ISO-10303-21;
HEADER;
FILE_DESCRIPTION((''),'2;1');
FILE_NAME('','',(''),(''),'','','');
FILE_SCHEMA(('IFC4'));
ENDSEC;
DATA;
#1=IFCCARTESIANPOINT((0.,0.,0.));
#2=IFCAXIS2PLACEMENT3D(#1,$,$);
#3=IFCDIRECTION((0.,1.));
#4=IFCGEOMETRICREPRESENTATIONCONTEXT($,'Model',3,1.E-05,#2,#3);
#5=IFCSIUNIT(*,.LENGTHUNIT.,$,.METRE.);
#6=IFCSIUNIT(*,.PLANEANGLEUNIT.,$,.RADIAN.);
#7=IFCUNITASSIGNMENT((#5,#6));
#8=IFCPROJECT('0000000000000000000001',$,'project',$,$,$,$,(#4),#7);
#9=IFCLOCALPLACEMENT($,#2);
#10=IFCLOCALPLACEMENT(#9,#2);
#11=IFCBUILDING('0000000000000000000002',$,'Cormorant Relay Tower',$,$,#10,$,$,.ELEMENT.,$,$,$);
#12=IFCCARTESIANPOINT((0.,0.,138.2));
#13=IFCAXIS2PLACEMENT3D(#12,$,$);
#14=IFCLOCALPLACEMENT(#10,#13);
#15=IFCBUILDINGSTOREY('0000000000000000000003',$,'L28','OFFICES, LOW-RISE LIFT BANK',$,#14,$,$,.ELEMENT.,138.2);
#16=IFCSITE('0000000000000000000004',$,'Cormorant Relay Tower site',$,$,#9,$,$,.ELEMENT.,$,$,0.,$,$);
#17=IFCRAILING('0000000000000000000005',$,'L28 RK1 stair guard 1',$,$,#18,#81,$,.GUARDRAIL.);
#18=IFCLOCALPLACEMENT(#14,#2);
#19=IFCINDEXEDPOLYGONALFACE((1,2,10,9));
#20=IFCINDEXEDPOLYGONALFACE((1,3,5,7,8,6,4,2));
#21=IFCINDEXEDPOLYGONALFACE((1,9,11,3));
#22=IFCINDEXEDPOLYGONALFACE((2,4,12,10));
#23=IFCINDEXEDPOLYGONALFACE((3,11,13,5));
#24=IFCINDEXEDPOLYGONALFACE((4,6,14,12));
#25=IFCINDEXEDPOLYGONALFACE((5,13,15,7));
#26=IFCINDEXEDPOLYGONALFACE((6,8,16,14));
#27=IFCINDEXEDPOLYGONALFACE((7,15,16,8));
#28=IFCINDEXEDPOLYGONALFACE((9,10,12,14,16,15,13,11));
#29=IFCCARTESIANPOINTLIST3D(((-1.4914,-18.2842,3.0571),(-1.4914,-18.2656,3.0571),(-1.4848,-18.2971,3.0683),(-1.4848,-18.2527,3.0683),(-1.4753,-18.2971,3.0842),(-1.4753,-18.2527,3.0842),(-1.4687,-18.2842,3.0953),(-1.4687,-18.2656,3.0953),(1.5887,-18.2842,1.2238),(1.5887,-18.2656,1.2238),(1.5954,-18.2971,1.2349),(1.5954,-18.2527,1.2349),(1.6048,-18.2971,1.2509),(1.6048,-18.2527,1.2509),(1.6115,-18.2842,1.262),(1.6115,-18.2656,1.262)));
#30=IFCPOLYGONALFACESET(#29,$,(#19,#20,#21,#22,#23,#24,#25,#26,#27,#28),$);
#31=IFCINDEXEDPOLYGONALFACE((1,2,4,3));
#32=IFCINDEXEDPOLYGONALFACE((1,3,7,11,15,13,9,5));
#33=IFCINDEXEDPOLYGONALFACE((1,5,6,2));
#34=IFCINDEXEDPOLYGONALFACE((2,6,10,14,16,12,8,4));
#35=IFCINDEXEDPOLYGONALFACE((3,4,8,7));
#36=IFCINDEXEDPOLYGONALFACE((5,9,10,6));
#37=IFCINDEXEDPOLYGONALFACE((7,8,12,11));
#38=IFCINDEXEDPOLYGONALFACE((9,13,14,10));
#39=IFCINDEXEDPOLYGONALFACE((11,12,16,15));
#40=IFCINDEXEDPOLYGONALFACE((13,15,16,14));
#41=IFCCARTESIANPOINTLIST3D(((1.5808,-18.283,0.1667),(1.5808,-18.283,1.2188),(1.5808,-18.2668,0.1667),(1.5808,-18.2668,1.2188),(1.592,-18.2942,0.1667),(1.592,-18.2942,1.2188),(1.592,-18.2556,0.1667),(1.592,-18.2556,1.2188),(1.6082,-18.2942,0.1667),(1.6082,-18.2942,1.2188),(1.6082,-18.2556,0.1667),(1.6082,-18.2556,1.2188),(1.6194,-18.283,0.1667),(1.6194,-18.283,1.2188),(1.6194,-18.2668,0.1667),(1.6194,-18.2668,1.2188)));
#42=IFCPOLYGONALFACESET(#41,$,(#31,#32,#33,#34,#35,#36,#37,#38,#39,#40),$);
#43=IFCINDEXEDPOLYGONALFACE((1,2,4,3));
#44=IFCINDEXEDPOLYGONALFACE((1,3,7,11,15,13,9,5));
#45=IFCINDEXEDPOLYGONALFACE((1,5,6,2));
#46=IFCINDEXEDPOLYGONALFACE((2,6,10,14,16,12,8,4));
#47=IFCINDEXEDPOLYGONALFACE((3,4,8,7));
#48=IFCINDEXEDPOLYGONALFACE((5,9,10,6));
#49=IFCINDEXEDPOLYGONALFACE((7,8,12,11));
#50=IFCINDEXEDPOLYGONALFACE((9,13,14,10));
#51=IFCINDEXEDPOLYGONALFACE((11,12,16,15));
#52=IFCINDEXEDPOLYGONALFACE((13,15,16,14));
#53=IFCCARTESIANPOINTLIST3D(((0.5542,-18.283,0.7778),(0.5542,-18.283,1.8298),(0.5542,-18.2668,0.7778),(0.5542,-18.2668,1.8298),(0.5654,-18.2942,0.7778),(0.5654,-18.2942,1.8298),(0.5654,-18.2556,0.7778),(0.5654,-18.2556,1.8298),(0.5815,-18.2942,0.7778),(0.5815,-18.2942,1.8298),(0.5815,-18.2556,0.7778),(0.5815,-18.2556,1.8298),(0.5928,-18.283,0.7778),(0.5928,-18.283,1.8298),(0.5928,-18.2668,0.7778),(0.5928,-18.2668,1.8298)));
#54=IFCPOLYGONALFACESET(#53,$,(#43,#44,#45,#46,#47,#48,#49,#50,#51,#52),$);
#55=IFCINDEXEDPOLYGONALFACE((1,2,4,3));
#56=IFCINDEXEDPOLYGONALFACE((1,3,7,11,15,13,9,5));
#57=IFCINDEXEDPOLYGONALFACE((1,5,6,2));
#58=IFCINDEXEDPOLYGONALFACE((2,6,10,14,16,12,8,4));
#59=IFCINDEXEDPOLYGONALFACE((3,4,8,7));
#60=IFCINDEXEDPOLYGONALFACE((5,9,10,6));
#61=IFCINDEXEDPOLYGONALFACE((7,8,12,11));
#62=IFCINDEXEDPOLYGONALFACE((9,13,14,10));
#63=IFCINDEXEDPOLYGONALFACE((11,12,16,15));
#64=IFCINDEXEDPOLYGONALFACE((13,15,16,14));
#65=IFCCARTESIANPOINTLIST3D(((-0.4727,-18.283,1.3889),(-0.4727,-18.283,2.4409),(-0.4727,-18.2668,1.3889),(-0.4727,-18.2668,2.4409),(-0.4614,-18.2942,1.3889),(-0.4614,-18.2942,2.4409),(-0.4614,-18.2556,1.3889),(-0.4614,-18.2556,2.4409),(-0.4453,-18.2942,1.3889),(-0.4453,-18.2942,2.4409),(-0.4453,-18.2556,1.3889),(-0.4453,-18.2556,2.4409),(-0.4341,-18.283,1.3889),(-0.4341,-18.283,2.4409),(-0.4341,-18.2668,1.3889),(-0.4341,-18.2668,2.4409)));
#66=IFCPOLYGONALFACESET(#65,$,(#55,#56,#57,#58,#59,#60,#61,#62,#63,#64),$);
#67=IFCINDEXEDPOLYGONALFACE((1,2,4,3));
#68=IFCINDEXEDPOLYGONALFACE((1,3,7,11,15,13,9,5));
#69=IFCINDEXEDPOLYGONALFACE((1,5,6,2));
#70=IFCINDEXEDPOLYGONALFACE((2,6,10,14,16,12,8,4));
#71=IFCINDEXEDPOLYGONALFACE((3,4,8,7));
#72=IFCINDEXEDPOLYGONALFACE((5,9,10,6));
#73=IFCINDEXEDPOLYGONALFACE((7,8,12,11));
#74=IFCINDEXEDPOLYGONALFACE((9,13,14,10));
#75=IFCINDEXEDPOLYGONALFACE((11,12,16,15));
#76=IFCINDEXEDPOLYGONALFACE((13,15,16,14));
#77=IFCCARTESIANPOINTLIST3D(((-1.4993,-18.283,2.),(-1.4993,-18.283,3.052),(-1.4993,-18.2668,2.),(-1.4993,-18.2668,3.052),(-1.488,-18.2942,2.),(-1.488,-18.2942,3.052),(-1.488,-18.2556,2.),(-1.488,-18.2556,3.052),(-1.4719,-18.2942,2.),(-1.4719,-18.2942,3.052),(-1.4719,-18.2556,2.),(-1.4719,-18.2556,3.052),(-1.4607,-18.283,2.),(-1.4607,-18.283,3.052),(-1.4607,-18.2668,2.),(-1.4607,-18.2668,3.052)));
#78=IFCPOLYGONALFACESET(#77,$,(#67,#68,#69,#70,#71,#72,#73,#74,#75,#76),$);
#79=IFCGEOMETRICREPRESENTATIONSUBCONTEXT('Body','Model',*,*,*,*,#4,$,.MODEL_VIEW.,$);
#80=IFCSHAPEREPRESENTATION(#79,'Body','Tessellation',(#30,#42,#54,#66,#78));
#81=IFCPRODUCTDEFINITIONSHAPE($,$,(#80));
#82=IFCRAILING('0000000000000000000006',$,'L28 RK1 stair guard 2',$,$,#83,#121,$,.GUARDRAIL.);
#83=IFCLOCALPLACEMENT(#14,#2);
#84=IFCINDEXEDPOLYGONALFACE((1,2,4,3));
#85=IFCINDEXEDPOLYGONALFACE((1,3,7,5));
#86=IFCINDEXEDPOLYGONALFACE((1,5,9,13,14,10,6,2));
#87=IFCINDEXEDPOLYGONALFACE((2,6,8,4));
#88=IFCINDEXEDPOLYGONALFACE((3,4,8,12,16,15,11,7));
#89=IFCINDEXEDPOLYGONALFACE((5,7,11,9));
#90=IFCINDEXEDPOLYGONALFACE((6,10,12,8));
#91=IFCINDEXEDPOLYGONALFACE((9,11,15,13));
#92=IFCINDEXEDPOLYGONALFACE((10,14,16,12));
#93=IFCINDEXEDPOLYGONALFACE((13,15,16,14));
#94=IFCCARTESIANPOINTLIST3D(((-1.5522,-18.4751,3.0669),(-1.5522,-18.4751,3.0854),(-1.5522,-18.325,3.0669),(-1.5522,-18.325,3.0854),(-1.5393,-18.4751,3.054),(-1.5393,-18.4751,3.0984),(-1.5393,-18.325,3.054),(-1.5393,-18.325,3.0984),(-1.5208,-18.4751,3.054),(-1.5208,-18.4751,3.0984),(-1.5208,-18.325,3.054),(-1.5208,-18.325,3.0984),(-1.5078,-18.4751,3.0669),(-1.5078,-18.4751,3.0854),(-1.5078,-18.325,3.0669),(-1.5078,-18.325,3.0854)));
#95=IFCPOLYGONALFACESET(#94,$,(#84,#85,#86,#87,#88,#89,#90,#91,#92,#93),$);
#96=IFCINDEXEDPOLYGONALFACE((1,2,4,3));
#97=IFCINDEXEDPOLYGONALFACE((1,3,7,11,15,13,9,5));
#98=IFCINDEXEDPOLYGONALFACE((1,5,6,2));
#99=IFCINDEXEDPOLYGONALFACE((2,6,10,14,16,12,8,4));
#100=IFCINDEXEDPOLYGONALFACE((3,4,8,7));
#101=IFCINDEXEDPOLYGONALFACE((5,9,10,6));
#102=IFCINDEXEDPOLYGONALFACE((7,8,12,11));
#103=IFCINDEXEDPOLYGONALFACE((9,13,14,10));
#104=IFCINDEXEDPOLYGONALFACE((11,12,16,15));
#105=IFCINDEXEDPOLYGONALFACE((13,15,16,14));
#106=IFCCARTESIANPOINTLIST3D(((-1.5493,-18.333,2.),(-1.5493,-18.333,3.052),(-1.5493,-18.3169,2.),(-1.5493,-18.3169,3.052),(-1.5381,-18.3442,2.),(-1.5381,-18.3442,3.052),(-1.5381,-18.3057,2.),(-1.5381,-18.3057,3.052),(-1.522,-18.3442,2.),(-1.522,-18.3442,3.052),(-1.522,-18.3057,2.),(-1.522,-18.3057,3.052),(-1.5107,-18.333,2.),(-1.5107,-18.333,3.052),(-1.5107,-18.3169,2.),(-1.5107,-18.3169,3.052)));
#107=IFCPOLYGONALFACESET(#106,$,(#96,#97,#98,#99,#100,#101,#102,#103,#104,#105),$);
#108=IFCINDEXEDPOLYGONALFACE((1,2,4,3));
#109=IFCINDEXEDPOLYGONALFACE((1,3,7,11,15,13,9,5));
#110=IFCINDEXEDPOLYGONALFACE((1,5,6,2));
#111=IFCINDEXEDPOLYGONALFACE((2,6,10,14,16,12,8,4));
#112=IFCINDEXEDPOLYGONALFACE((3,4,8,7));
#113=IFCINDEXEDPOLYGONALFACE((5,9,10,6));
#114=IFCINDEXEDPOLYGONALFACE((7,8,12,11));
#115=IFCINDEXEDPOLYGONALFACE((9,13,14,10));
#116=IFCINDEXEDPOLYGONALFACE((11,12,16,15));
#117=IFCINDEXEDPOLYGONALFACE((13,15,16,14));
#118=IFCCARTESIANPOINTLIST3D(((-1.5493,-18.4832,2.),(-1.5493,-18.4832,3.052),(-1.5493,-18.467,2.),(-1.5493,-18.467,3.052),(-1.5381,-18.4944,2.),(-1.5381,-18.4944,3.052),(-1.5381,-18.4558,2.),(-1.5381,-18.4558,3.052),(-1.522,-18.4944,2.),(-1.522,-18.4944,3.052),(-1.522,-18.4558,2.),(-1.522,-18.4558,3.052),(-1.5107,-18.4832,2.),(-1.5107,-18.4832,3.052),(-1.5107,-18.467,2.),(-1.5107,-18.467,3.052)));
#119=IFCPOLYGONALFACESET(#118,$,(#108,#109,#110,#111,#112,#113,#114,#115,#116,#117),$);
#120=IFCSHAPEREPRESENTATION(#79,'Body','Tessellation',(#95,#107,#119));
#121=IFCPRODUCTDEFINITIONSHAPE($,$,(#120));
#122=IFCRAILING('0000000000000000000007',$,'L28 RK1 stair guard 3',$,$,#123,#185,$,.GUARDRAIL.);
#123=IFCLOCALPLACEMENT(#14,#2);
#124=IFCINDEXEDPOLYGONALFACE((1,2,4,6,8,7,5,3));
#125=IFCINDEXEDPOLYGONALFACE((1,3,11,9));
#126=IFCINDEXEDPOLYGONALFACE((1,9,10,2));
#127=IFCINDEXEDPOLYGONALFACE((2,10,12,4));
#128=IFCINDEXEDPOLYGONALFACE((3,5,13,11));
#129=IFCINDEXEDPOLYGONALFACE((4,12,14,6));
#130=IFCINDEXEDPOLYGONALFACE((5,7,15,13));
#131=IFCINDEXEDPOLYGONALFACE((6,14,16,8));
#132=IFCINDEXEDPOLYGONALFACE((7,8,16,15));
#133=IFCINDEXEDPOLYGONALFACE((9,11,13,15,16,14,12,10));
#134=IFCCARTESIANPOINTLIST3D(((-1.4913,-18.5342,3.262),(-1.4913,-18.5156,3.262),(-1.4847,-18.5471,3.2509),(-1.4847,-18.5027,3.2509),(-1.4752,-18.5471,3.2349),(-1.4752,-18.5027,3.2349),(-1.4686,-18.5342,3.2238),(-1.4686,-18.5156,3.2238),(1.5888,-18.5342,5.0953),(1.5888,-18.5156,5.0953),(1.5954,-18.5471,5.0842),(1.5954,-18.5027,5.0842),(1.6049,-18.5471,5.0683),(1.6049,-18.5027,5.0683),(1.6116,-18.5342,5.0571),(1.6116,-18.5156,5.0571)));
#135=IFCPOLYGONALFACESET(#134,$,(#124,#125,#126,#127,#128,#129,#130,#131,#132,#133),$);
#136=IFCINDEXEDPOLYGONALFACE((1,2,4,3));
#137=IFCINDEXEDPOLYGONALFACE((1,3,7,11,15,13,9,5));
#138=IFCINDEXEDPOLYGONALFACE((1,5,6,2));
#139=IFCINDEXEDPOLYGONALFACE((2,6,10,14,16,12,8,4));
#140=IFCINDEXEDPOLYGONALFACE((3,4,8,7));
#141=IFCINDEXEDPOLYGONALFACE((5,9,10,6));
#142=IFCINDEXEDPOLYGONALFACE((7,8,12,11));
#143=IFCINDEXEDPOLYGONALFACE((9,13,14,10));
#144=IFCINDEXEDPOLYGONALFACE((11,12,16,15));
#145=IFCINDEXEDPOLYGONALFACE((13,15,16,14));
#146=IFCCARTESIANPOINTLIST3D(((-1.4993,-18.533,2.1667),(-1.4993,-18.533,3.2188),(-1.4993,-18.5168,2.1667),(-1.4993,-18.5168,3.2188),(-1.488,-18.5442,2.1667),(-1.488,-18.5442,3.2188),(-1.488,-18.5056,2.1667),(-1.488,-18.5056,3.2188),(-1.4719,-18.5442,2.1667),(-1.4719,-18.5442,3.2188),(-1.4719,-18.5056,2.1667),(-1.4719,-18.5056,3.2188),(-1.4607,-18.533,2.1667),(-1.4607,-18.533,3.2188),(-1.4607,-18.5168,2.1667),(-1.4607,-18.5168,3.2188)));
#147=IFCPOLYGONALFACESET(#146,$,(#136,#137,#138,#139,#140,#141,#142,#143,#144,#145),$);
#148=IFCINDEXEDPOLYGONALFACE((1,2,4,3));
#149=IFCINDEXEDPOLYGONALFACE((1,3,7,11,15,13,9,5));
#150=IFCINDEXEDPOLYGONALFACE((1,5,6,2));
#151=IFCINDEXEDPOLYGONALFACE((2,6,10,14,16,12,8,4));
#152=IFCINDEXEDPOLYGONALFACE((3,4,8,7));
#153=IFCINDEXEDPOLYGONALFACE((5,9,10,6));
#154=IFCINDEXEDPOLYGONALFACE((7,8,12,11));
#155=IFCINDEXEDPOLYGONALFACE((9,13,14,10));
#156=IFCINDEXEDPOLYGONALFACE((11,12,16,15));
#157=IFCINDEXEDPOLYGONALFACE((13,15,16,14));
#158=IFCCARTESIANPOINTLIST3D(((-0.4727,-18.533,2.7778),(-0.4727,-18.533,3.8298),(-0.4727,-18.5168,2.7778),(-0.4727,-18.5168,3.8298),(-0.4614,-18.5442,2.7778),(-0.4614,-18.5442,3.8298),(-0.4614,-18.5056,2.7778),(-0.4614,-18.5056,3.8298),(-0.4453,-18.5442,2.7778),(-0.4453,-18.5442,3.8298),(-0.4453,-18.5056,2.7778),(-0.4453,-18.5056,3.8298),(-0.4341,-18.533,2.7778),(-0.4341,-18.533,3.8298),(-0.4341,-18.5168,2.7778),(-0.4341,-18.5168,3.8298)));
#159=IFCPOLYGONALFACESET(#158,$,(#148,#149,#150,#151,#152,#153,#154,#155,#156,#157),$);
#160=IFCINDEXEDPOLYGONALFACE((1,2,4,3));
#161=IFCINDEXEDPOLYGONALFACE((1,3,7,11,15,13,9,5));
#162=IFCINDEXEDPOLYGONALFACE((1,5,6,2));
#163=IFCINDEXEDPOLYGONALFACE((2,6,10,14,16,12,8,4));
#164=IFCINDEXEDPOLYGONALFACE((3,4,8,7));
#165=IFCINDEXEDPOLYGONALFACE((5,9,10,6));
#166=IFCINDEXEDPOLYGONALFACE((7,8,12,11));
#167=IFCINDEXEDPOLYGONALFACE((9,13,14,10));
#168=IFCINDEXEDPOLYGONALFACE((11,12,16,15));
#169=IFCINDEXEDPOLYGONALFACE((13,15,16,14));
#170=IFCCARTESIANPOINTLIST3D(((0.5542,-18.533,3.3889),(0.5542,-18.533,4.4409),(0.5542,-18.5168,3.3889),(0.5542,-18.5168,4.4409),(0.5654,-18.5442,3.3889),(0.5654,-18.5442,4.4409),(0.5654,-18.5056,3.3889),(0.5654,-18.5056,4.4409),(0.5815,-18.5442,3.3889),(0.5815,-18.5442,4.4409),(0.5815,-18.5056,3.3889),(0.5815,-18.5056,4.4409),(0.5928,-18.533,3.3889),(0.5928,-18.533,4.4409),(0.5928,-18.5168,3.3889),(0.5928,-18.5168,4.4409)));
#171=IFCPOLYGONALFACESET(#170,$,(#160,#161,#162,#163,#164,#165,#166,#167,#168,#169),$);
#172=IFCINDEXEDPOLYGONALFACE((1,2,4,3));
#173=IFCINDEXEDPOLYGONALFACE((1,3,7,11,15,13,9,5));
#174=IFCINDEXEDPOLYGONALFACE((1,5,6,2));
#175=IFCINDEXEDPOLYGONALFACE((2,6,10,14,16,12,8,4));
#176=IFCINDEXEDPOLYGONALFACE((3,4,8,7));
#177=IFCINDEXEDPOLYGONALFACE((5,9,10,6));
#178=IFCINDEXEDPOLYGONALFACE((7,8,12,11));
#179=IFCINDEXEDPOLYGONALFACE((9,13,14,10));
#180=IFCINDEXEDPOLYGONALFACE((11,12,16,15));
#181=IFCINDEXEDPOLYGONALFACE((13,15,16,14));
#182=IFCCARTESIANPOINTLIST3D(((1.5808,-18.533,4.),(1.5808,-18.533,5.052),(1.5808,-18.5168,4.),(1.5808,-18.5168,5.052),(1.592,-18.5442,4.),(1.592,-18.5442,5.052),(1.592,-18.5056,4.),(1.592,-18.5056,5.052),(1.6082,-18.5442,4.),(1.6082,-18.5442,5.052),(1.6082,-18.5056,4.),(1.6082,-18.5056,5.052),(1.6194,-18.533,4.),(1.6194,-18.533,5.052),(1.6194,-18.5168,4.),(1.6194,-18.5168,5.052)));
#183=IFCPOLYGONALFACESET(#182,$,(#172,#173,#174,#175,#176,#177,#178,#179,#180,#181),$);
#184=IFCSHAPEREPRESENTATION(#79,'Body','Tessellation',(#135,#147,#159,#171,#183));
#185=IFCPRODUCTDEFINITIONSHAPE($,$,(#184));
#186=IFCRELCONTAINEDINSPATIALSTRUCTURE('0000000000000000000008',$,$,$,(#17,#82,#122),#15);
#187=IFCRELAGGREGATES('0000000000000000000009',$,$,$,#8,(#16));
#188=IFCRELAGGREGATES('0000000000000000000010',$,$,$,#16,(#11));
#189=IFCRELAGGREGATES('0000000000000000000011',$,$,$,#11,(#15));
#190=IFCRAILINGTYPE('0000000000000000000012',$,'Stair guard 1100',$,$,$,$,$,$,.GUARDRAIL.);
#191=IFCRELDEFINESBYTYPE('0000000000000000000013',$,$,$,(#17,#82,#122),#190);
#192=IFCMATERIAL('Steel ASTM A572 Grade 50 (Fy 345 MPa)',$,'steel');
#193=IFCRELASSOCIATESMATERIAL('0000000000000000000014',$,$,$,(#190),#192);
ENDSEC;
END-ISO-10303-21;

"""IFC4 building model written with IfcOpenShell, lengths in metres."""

from ifc_helpers import new_model, si_unit, direction, frame, origin, place, context, subcontext, project, spatial, polyline, outline, extrude, material, type_object, element, save


model = new_model("IFC4")

# Units and contexts
model_context = context("Model", 3, precision=1e-05, world=origin(), true_north=direction((0.0, 1.0)))
body_context = subcontext(model_context, "Body", "Model", "MODEL_VIEW")
ifc_project = project(units=[si_unit("LENGTHUNIT", "METRE"), si_unit("PLANEANGLEUNIT", "RADIAN")], contexts=[model_context])

# Site, building, storey
site_placement = place(None, origin())
site = spatial("IfcSite", under=ifc_project, at=site_placement, Name="Cormorant Relay Tower site", CompositionType="ELEMENT", RefElevation=0.0)
building_placement = place(site_placement, origin())
building = spatial("IfcBuilding", under=site, at=building_placement, Name="Cormorant Relay Tower", CompositionType="ELEMENT")
storey_placement = place(building_placement, frame((0.0, 0.0, 138.2)))
storey = spatial("IfcBuildingStorey", under=building, at=storey_placement, Name="L28", Description="OFFICES, LOW-RISE LIFT BANK", CompositionType="ELEMENT", Elevation=138.2)

# Railings
ifc_material_1 = material(Name="Steel ASTM A572 Grade 50 (Fy 345 MPa)", Category="steel")
railing_type_1 = type_object("IfcRailingType", Name="Stair guard 1100", PredefinedType="GUARDRAIL", material=ifc_material_1)
railing_1_placement = place(storey_placement, frame((1.6001, -18.2749, 0.1667)))
element("IfcRailing", 1, at=railing_1_placement, inside=storey, type_object=railing_type_1, Name="L28 RK1 stair guard 1", PredefinedType="GUARDRAIL", context=body_context, shape_type="SweptSolid", body=[
    extrude(outline(polyline([(0.0222, 0.0093), (0.0093, 0.0222), (-0.0093, 0.0222), (-0.0222, 0.0093), (-0.0222, -0.0093), (-0.0093, -0.0222), (0.0093, -0.0222), (0.0222, -0.0093), (0.0222, 0.0093)])), frame((0.0, 0.0, 1.0762), z_axis=(-0.859309, 0.0, 0.511458), x_axis=(0.0, -1.0, 0.0)), (0.0, 0.0, 1.0), 3.5845),
    extrude(outline(polyline([(0.0193, 0.0081), (0.0081, 0.0193), (-0.0081, 0.0193), (-0.0193, 0.0081), (-0.0193, -0.0081), (-0.0081, -0.0193), (0.0081, -0.0193), (0.0193, -0.0081), (0.0193, 0.0081)])), origin(), (0.0, 0.0, 1.0), 1.052),
    extrude(outline(polyline([(0.0193, 0.0081), (0.0081, 0.0193), (-0.0081, 0.0193), (-0.0193, 0.0081), (-0.0193, -0.0081), (-0.0081, -0.0193), (0.0081, -0.0193), (0.0193, -0.0081), (0.0193, 0.0081)])), frame((-1.0266, 0.0, 0.6111)), (0.0, 0.0, 1.0), 1.052),
    extrude(outline(polyline([(0.0193, 0.0081), (0.0081, 0.0193), (-0.0081, 0.0193), (-0.0193, 0.0081), (-0.0193, -0.0081), (-0.0081, -0.0193), (0.0081, -0.0193), (0.0193, -0.0081), (0.0193, 0.0081)])), frame((-2.0535, 0.0, 1.2222)), (0.0, 0.0, 1.0), 1.052),
    extrude(outline(polyline([(0.0193, 0.0081), (0.0081, 0.0193), (-0.0081, 0.0193), (-0.0193, 0.0081), (-0.0193, -0.0081), (-0.0081, -0.0193), (0.0081, -0.0193), (0.0193, -0.0081), (0.0193, 0.0081)])), frame((-3.0801, 0.0, 1.8333)), (0.0, 0.0, 1.0), 1.052),
])
railing_2_placement = place(storey_placement, frame((-1.53, -18.325, 2.0)))
element("IfcRailing", 2, at=railing_2_placement, inside=storey, type_object=railing_type_1, Name="L28 RK1 stair guard 2", PredefinedType="GUARDRAIL", context=body_context, shape_type="SweptSolid", body=[
    extrude(outline(polyline([(0.0222, 0.0093), (0.0093, 0.0222), (-0.0093, 0.0222), (-0.0222, 0.0093), (-0.0222, -0.0093), (-0.0093, -0.0222), (0.0093, -0.0222), (0.0222, -0.0093), (0.0222, 0.0093)])), frame((0.0, 0.0, 1.0762), z_axis=(0.0, -1.0, 0.0), x_axis=(1.0, 0.0, 0.0)), (0.0, 0.0, 1.0), 0.1501),
    extrude(outline(polyline([(0.0193, 0.0081), (0.0081, 0.0193), (-0.0081, 0.0193), (-0.0193, 0.0081), (-0.0193, -0.0081), (-0.0081, -0.0193), (0.0081, -0.0193), (0.0193, -0.0081), (0.0193, 0.0081)])), origin(), (0.0, 0.0, 1.0), 1.052),
    extrude(outline(polyline([(0.0193, 0.0081), (0.0081, 0.0193), (-0.0081, 0.0193), (-0.0193, 0.0081), (-0.0193, -0.0081), (-0.0081, -0.0193), (0.0081, -0.0193), (0.0193, -0.0081), (0.0193, 0.0081)])), frame((0.0, -0.1501, 0.0)), (0.0, 0.0, 1.0), 1.052),
])
railing_3_placement = place(storey_placement, frame((-1.48, -18.5249, 2.1667)))
element("IfcRailing", 3, at=railing_3_placement, inside=storey, type_object=railing_type_1, Name="L28 RK1 stair guard 3", PredefinedType="GUARDRAIL", context=body_context, shape_type="SweptSolid", body=[
    extrude(outline(polyline([(0.0222, 0.0093), (0.0093, 0.0222), (-0.0093, 0.0222), (-0.0222, 0.0093), (-0.0222, -0.0093), (-0.0093, -0.0222), (0.0093, -0.0222), (0.0222, -0.0093), (0.0222, 0.0093)])), frame((0.0, 0.0, 1.0762), z_axis=(0.859309, 0.0, 0.511458), x_axis=(0.0, 1.0, 0.0)), (0.0, 0.0, 1.0), 3.5845),
    extrude(outline(polyline([(0.0193, 0.0081), (0.0081, 0.0193), (-0.0081, 0.0193), (-0.0193, 0.0081), (-0.0193, -0.0081), (-0.0081, -0.0193), (0.0081, -0.0193), (0.0193, -0.0081), (0.0193, 0.0081)])), origin(), (0.0, 0.0, 1.0), 1.052),
    extrude(outline(polyline([(0.0193, 0.0081), (0.0081, 0.0193), (-0.0081, 0.0193), (-0.0193, 0.0081), (-0.0193, -0.0081), (-0.0081, -0.0193), (0.0081, -0.0193), (0.0193, -0.0081), (0.0193, 0.0081)])), frame((1.0266, 0.0, 0.6111)), (0.0, 0.0, 1.0), 1.052),
    extrude(outline(polyline([(0.0193, 0.0081), (0.0081, 0.0193), (-0.0081, 0.0193), (-0.0193, 0.0081), (-0.0193, -0.0081), (-0.0081, -0.0193), (0.0081, -0.0193), (0.0193, -0.0081), (0.0193, 0.0081)])), frame((2.0535, 0.0, 1.2222)), (0.0, 0.0, 1.0), 1.052),
    extrude(outline(polyline([(0.0193, 0.0081), (0.0081, 0.0193), (-0.0081, 0.0193), (-0.0193, 0.0081), (-0.0193, -0.0081), (-0.0081, -0.0193), (0.0081, -0.0193), (0.0193, -0.0081), (0.0193, 0.0081)])), frame((3.0801, 0.0, 1.8333)), (0.0, 0.0, 1.0), 1.052),
])

save(model, "model.ifc")
